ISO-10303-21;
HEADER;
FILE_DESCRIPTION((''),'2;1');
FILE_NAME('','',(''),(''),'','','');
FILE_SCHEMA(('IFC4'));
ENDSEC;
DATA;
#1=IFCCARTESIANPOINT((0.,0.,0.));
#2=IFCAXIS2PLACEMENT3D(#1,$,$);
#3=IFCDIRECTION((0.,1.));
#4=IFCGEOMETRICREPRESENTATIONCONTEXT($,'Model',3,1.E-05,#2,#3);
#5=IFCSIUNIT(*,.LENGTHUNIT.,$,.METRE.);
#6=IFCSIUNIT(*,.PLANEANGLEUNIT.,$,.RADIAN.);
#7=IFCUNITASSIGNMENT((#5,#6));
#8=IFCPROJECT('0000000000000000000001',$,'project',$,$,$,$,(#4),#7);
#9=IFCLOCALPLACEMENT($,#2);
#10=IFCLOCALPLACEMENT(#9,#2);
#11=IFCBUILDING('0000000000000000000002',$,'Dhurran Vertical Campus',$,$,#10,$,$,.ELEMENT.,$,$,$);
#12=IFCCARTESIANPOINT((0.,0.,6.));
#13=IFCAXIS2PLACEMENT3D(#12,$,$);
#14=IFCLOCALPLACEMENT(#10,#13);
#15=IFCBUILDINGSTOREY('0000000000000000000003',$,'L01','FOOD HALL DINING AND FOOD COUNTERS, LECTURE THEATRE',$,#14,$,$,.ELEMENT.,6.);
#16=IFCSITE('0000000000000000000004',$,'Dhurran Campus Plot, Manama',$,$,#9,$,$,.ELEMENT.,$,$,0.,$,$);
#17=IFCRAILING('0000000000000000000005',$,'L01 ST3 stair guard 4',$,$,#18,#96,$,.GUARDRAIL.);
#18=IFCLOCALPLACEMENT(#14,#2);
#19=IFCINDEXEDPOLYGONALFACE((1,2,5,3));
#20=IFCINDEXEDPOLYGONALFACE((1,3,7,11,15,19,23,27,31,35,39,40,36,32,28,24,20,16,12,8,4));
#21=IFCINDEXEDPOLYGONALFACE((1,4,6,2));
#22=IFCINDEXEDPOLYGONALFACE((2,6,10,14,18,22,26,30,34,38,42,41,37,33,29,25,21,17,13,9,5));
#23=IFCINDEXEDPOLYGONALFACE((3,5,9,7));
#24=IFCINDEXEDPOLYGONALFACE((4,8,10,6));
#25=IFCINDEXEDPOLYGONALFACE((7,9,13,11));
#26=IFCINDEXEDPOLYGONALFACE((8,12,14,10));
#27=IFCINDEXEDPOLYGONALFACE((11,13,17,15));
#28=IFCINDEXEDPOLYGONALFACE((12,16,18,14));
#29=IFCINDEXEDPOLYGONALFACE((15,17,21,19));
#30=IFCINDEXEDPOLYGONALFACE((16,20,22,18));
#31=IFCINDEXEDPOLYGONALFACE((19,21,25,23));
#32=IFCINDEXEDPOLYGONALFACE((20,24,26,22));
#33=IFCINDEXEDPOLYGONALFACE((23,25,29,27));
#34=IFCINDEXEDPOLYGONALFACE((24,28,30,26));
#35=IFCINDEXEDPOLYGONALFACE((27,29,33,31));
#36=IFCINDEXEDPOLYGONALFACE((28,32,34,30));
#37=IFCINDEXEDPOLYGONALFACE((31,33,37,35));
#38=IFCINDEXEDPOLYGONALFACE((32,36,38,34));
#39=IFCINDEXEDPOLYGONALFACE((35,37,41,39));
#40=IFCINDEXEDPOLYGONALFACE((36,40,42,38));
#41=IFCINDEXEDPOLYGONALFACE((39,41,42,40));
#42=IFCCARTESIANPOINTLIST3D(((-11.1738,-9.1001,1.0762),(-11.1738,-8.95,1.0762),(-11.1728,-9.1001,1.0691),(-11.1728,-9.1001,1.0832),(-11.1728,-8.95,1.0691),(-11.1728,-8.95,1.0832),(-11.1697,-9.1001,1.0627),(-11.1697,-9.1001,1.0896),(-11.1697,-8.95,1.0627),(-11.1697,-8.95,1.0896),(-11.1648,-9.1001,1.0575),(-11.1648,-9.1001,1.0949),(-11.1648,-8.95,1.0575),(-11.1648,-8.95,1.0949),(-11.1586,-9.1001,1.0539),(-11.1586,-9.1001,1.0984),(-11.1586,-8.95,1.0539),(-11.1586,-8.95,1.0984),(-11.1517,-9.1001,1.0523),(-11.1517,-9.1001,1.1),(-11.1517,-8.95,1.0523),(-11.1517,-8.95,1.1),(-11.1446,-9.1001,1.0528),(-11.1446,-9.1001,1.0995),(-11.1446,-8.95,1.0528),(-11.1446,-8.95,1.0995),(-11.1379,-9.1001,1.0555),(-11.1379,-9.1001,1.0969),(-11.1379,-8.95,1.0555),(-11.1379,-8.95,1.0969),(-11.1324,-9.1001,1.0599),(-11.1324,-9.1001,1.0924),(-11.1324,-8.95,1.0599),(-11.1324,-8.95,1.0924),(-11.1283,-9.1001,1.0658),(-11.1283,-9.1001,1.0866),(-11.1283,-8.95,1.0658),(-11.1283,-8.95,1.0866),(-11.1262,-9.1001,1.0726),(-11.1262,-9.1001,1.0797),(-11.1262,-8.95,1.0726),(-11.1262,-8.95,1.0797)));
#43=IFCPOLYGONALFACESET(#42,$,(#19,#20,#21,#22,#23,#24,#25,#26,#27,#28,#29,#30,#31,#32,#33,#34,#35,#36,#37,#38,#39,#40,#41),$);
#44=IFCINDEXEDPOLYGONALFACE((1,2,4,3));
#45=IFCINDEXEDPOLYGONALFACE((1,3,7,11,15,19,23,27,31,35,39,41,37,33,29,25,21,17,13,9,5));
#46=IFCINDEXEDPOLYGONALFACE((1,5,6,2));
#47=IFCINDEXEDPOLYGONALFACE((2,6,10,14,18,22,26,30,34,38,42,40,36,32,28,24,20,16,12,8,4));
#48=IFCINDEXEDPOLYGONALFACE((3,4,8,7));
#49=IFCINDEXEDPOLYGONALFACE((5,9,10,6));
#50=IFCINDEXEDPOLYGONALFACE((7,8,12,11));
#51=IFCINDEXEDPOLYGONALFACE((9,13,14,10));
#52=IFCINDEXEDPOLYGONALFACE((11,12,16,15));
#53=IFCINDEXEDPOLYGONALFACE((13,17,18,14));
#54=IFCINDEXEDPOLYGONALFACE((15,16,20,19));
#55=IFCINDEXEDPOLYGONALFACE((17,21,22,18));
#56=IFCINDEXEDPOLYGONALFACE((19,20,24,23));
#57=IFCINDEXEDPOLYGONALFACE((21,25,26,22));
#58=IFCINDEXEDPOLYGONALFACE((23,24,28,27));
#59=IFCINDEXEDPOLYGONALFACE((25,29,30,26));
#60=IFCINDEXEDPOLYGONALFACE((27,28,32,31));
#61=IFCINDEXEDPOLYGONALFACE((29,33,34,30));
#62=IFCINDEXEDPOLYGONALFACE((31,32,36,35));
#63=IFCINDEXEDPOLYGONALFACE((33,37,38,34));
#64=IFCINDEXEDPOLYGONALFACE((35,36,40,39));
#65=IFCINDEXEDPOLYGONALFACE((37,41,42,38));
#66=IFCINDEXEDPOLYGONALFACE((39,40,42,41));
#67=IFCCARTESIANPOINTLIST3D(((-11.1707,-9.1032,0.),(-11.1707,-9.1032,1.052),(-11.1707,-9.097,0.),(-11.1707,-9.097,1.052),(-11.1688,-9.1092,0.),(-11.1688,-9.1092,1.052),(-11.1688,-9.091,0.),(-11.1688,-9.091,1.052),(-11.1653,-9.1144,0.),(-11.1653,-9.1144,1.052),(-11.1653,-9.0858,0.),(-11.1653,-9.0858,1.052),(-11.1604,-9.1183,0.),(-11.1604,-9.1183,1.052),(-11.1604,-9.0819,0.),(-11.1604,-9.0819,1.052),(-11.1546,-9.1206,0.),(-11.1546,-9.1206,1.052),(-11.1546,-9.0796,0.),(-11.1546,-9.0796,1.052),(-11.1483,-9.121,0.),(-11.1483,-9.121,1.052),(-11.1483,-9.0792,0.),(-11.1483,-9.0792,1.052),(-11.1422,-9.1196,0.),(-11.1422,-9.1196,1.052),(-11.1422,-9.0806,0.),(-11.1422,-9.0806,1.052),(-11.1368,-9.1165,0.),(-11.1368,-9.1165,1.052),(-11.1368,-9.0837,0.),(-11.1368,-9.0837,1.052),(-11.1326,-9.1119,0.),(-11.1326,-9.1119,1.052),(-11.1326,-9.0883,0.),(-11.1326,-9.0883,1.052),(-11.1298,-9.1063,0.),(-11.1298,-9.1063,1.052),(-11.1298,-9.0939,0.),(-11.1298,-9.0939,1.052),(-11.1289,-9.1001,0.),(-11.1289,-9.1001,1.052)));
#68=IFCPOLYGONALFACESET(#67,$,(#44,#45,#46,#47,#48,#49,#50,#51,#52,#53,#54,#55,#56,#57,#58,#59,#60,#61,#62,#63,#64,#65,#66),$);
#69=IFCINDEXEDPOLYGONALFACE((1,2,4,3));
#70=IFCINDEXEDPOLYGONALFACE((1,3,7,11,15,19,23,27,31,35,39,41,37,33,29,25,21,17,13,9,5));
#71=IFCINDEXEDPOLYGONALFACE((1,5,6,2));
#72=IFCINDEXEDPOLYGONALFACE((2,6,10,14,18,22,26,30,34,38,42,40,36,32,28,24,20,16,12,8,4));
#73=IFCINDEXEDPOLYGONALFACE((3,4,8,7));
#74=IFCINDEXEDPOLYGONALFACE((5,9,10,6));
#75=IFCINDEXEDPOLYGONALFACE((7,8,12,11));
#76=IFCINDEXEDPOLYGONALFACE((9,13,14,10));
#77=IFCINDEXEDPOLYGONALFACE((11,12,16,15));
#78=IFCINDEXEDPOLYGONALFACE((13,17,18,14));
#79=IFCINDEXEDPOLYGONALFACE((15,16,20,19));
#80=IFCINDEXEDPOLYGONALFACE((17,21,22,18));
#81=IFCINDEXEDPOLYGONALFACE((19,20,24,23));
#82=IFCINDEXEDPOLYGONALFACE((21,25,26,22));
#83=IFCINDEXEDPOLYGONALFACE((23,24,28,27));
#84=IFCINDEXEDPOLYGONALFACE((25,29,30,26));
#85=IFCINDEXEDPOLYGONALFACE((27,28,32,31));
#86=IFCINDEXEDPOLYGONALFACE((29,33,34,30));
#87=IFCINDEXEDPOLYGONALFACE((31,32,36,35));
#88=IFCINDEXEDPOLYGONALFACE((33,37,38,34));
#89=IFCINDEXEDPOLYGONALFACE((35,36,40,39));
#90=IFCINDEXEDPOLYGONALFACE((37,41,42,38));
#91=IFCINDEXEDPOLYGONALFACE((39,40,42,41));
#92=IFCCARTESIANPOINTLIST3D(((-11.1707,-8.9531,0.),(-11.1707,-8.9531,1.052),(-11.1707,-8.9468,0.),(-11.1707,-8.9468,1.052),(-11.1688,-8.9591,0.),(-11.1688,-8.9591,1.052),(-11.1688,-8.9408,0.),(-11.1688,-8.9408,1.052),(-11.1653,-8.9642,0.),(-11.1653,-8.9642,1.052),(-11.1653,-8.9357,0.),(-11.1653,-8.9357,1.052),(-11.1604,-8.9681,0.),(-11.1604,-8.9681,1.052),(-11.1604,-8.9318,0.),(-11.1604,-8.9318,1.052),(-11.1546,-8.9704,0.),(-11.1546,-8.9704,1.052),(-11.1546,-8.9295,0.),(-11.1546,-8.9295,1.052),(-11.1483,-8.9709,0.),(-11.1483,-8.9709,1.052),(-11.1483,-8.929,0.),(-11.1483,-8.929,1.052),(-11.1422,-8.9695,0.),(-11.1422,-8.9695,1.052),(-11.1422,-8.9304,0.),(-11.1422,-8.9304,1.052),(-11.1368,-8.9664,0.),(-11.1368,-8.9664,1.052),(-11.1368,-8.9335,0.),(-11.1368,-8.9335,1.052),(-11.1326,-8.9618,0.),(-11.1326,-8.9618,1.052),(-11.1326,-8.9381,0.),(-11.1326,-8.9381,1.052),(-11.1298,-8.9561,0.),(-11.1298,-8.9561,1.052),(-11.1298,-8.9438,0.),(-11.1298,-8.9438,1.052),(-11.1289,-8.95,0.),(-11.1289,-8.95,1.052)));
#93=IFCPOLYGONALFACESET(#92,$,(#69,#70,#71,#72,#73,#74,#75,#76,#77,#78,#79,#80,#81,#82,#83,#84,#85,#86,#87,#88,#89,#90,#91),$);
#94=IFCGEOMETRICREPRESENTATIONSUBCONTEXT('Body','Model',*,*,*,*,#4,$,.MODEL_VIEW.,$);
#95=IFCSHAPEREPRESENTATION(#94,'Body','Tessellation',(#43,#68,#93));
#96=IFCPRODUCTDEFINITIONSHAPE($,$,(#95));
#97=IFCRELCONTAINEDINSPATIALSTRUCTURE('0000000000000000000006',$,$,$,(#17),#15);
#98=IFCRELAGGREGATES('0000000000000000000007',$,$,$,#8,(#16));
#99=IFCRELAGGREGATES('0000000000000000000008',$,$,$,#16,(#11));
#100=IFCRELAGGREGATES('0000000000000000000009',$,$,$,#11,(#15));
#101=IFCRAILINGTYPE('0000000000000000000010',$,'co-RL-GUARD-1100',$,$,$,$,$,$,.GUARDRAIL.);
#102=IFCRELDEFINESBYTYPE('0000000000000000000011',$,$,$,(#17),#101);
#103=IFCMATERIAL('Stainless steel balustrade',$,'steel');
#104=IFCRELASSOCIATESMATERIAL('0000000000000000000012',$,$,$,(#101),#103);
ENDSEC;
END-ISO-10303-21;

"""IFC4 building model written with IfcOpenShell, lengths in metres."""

from ifc_helpers import new_model, si_unit, direction, frame, origin, origin_2d, place, context, subcontext, project, spatial, circle, extrude, material, type_object, element, save


model = new_model("IFC4")

# Units and contexts
model_context = context("Model", 3, precision=1e-05, world=origin(), true_north=direction((0.0, 1.0)))
body_context = subcontext(model_context, "Body", "Model", "MODEL_VIEW")
ifc_project = project(units=[si_unit("LENGTHUNIT", "METRE"), si_unit("PLANEANGLEUNIT", "RADIAN")], contexts=[model_context])

# Site, building, storey
site_placement = place(None, origin())
site = spatial("IfcSite", under=ifc_project, at=site_placement, Name="Dhurran Campus Plot, Manama", CompositionType="ELEMENT", RefElevation=0.0)
building_placement = place(site_placement, origin())
building = spatial("IfcBuilding", under=site, at=building_placement, Name="Dhurran Vertical Campus", CompositionType="ELEMENT")
storey_placement = place(building_placement, frame((0.0, 0.0, 6.0)))
storey = spatial("IfcBuildingStorey", under=building, at=storey_placement, Name="L01", Description="FOOD HALL DINING AND FOOD COUNTERS, LECTURE THEATRE", CompositionType="ELEMENT", Elevation=6.0)

# Railing
ifc_material_1 = material(Name="Stainless steel balustrade", Category="steel")
railing_type_1 = type_object("IfcRailingType", Name="co-RL-GUARD-1100", PredefinedType="GUARDRAIL", material=ifc_material_1)
railing_1_placement = place(storey_placement, frame((-11.1499, -9.1001, 0.0)))
element("IfcRailing", 1, at=railing_1_placement, inside=storey, type_object=railing_type_1, Name="L01 ST3 stair guard 4", PredefinedType="GUARDRAIL", context=body_context, shape_type="SweptSolid", body=[
    extrude(circle(Radius=0.0239, at=origin_2d()), frame((0.0, 0.0, 1.0762), z_axis=(0.0, 1.0, 0.0), x_axis=(-1.0, 0.0, 0.0)), (0.0, 0.0, 1.0), 0.1501),
    extrude(circle(Radius=0.021, at=origin_2d()), origin(), (0.0, 0.0, 1.0), 1.052),
    extrude(circle(Radius=0.021, at=origin_2d()), frame((0.0, 0.1501, 0.0)), (0.0, 0.0, 1.0), 1.052),
])

save(model, "model.ifc")
